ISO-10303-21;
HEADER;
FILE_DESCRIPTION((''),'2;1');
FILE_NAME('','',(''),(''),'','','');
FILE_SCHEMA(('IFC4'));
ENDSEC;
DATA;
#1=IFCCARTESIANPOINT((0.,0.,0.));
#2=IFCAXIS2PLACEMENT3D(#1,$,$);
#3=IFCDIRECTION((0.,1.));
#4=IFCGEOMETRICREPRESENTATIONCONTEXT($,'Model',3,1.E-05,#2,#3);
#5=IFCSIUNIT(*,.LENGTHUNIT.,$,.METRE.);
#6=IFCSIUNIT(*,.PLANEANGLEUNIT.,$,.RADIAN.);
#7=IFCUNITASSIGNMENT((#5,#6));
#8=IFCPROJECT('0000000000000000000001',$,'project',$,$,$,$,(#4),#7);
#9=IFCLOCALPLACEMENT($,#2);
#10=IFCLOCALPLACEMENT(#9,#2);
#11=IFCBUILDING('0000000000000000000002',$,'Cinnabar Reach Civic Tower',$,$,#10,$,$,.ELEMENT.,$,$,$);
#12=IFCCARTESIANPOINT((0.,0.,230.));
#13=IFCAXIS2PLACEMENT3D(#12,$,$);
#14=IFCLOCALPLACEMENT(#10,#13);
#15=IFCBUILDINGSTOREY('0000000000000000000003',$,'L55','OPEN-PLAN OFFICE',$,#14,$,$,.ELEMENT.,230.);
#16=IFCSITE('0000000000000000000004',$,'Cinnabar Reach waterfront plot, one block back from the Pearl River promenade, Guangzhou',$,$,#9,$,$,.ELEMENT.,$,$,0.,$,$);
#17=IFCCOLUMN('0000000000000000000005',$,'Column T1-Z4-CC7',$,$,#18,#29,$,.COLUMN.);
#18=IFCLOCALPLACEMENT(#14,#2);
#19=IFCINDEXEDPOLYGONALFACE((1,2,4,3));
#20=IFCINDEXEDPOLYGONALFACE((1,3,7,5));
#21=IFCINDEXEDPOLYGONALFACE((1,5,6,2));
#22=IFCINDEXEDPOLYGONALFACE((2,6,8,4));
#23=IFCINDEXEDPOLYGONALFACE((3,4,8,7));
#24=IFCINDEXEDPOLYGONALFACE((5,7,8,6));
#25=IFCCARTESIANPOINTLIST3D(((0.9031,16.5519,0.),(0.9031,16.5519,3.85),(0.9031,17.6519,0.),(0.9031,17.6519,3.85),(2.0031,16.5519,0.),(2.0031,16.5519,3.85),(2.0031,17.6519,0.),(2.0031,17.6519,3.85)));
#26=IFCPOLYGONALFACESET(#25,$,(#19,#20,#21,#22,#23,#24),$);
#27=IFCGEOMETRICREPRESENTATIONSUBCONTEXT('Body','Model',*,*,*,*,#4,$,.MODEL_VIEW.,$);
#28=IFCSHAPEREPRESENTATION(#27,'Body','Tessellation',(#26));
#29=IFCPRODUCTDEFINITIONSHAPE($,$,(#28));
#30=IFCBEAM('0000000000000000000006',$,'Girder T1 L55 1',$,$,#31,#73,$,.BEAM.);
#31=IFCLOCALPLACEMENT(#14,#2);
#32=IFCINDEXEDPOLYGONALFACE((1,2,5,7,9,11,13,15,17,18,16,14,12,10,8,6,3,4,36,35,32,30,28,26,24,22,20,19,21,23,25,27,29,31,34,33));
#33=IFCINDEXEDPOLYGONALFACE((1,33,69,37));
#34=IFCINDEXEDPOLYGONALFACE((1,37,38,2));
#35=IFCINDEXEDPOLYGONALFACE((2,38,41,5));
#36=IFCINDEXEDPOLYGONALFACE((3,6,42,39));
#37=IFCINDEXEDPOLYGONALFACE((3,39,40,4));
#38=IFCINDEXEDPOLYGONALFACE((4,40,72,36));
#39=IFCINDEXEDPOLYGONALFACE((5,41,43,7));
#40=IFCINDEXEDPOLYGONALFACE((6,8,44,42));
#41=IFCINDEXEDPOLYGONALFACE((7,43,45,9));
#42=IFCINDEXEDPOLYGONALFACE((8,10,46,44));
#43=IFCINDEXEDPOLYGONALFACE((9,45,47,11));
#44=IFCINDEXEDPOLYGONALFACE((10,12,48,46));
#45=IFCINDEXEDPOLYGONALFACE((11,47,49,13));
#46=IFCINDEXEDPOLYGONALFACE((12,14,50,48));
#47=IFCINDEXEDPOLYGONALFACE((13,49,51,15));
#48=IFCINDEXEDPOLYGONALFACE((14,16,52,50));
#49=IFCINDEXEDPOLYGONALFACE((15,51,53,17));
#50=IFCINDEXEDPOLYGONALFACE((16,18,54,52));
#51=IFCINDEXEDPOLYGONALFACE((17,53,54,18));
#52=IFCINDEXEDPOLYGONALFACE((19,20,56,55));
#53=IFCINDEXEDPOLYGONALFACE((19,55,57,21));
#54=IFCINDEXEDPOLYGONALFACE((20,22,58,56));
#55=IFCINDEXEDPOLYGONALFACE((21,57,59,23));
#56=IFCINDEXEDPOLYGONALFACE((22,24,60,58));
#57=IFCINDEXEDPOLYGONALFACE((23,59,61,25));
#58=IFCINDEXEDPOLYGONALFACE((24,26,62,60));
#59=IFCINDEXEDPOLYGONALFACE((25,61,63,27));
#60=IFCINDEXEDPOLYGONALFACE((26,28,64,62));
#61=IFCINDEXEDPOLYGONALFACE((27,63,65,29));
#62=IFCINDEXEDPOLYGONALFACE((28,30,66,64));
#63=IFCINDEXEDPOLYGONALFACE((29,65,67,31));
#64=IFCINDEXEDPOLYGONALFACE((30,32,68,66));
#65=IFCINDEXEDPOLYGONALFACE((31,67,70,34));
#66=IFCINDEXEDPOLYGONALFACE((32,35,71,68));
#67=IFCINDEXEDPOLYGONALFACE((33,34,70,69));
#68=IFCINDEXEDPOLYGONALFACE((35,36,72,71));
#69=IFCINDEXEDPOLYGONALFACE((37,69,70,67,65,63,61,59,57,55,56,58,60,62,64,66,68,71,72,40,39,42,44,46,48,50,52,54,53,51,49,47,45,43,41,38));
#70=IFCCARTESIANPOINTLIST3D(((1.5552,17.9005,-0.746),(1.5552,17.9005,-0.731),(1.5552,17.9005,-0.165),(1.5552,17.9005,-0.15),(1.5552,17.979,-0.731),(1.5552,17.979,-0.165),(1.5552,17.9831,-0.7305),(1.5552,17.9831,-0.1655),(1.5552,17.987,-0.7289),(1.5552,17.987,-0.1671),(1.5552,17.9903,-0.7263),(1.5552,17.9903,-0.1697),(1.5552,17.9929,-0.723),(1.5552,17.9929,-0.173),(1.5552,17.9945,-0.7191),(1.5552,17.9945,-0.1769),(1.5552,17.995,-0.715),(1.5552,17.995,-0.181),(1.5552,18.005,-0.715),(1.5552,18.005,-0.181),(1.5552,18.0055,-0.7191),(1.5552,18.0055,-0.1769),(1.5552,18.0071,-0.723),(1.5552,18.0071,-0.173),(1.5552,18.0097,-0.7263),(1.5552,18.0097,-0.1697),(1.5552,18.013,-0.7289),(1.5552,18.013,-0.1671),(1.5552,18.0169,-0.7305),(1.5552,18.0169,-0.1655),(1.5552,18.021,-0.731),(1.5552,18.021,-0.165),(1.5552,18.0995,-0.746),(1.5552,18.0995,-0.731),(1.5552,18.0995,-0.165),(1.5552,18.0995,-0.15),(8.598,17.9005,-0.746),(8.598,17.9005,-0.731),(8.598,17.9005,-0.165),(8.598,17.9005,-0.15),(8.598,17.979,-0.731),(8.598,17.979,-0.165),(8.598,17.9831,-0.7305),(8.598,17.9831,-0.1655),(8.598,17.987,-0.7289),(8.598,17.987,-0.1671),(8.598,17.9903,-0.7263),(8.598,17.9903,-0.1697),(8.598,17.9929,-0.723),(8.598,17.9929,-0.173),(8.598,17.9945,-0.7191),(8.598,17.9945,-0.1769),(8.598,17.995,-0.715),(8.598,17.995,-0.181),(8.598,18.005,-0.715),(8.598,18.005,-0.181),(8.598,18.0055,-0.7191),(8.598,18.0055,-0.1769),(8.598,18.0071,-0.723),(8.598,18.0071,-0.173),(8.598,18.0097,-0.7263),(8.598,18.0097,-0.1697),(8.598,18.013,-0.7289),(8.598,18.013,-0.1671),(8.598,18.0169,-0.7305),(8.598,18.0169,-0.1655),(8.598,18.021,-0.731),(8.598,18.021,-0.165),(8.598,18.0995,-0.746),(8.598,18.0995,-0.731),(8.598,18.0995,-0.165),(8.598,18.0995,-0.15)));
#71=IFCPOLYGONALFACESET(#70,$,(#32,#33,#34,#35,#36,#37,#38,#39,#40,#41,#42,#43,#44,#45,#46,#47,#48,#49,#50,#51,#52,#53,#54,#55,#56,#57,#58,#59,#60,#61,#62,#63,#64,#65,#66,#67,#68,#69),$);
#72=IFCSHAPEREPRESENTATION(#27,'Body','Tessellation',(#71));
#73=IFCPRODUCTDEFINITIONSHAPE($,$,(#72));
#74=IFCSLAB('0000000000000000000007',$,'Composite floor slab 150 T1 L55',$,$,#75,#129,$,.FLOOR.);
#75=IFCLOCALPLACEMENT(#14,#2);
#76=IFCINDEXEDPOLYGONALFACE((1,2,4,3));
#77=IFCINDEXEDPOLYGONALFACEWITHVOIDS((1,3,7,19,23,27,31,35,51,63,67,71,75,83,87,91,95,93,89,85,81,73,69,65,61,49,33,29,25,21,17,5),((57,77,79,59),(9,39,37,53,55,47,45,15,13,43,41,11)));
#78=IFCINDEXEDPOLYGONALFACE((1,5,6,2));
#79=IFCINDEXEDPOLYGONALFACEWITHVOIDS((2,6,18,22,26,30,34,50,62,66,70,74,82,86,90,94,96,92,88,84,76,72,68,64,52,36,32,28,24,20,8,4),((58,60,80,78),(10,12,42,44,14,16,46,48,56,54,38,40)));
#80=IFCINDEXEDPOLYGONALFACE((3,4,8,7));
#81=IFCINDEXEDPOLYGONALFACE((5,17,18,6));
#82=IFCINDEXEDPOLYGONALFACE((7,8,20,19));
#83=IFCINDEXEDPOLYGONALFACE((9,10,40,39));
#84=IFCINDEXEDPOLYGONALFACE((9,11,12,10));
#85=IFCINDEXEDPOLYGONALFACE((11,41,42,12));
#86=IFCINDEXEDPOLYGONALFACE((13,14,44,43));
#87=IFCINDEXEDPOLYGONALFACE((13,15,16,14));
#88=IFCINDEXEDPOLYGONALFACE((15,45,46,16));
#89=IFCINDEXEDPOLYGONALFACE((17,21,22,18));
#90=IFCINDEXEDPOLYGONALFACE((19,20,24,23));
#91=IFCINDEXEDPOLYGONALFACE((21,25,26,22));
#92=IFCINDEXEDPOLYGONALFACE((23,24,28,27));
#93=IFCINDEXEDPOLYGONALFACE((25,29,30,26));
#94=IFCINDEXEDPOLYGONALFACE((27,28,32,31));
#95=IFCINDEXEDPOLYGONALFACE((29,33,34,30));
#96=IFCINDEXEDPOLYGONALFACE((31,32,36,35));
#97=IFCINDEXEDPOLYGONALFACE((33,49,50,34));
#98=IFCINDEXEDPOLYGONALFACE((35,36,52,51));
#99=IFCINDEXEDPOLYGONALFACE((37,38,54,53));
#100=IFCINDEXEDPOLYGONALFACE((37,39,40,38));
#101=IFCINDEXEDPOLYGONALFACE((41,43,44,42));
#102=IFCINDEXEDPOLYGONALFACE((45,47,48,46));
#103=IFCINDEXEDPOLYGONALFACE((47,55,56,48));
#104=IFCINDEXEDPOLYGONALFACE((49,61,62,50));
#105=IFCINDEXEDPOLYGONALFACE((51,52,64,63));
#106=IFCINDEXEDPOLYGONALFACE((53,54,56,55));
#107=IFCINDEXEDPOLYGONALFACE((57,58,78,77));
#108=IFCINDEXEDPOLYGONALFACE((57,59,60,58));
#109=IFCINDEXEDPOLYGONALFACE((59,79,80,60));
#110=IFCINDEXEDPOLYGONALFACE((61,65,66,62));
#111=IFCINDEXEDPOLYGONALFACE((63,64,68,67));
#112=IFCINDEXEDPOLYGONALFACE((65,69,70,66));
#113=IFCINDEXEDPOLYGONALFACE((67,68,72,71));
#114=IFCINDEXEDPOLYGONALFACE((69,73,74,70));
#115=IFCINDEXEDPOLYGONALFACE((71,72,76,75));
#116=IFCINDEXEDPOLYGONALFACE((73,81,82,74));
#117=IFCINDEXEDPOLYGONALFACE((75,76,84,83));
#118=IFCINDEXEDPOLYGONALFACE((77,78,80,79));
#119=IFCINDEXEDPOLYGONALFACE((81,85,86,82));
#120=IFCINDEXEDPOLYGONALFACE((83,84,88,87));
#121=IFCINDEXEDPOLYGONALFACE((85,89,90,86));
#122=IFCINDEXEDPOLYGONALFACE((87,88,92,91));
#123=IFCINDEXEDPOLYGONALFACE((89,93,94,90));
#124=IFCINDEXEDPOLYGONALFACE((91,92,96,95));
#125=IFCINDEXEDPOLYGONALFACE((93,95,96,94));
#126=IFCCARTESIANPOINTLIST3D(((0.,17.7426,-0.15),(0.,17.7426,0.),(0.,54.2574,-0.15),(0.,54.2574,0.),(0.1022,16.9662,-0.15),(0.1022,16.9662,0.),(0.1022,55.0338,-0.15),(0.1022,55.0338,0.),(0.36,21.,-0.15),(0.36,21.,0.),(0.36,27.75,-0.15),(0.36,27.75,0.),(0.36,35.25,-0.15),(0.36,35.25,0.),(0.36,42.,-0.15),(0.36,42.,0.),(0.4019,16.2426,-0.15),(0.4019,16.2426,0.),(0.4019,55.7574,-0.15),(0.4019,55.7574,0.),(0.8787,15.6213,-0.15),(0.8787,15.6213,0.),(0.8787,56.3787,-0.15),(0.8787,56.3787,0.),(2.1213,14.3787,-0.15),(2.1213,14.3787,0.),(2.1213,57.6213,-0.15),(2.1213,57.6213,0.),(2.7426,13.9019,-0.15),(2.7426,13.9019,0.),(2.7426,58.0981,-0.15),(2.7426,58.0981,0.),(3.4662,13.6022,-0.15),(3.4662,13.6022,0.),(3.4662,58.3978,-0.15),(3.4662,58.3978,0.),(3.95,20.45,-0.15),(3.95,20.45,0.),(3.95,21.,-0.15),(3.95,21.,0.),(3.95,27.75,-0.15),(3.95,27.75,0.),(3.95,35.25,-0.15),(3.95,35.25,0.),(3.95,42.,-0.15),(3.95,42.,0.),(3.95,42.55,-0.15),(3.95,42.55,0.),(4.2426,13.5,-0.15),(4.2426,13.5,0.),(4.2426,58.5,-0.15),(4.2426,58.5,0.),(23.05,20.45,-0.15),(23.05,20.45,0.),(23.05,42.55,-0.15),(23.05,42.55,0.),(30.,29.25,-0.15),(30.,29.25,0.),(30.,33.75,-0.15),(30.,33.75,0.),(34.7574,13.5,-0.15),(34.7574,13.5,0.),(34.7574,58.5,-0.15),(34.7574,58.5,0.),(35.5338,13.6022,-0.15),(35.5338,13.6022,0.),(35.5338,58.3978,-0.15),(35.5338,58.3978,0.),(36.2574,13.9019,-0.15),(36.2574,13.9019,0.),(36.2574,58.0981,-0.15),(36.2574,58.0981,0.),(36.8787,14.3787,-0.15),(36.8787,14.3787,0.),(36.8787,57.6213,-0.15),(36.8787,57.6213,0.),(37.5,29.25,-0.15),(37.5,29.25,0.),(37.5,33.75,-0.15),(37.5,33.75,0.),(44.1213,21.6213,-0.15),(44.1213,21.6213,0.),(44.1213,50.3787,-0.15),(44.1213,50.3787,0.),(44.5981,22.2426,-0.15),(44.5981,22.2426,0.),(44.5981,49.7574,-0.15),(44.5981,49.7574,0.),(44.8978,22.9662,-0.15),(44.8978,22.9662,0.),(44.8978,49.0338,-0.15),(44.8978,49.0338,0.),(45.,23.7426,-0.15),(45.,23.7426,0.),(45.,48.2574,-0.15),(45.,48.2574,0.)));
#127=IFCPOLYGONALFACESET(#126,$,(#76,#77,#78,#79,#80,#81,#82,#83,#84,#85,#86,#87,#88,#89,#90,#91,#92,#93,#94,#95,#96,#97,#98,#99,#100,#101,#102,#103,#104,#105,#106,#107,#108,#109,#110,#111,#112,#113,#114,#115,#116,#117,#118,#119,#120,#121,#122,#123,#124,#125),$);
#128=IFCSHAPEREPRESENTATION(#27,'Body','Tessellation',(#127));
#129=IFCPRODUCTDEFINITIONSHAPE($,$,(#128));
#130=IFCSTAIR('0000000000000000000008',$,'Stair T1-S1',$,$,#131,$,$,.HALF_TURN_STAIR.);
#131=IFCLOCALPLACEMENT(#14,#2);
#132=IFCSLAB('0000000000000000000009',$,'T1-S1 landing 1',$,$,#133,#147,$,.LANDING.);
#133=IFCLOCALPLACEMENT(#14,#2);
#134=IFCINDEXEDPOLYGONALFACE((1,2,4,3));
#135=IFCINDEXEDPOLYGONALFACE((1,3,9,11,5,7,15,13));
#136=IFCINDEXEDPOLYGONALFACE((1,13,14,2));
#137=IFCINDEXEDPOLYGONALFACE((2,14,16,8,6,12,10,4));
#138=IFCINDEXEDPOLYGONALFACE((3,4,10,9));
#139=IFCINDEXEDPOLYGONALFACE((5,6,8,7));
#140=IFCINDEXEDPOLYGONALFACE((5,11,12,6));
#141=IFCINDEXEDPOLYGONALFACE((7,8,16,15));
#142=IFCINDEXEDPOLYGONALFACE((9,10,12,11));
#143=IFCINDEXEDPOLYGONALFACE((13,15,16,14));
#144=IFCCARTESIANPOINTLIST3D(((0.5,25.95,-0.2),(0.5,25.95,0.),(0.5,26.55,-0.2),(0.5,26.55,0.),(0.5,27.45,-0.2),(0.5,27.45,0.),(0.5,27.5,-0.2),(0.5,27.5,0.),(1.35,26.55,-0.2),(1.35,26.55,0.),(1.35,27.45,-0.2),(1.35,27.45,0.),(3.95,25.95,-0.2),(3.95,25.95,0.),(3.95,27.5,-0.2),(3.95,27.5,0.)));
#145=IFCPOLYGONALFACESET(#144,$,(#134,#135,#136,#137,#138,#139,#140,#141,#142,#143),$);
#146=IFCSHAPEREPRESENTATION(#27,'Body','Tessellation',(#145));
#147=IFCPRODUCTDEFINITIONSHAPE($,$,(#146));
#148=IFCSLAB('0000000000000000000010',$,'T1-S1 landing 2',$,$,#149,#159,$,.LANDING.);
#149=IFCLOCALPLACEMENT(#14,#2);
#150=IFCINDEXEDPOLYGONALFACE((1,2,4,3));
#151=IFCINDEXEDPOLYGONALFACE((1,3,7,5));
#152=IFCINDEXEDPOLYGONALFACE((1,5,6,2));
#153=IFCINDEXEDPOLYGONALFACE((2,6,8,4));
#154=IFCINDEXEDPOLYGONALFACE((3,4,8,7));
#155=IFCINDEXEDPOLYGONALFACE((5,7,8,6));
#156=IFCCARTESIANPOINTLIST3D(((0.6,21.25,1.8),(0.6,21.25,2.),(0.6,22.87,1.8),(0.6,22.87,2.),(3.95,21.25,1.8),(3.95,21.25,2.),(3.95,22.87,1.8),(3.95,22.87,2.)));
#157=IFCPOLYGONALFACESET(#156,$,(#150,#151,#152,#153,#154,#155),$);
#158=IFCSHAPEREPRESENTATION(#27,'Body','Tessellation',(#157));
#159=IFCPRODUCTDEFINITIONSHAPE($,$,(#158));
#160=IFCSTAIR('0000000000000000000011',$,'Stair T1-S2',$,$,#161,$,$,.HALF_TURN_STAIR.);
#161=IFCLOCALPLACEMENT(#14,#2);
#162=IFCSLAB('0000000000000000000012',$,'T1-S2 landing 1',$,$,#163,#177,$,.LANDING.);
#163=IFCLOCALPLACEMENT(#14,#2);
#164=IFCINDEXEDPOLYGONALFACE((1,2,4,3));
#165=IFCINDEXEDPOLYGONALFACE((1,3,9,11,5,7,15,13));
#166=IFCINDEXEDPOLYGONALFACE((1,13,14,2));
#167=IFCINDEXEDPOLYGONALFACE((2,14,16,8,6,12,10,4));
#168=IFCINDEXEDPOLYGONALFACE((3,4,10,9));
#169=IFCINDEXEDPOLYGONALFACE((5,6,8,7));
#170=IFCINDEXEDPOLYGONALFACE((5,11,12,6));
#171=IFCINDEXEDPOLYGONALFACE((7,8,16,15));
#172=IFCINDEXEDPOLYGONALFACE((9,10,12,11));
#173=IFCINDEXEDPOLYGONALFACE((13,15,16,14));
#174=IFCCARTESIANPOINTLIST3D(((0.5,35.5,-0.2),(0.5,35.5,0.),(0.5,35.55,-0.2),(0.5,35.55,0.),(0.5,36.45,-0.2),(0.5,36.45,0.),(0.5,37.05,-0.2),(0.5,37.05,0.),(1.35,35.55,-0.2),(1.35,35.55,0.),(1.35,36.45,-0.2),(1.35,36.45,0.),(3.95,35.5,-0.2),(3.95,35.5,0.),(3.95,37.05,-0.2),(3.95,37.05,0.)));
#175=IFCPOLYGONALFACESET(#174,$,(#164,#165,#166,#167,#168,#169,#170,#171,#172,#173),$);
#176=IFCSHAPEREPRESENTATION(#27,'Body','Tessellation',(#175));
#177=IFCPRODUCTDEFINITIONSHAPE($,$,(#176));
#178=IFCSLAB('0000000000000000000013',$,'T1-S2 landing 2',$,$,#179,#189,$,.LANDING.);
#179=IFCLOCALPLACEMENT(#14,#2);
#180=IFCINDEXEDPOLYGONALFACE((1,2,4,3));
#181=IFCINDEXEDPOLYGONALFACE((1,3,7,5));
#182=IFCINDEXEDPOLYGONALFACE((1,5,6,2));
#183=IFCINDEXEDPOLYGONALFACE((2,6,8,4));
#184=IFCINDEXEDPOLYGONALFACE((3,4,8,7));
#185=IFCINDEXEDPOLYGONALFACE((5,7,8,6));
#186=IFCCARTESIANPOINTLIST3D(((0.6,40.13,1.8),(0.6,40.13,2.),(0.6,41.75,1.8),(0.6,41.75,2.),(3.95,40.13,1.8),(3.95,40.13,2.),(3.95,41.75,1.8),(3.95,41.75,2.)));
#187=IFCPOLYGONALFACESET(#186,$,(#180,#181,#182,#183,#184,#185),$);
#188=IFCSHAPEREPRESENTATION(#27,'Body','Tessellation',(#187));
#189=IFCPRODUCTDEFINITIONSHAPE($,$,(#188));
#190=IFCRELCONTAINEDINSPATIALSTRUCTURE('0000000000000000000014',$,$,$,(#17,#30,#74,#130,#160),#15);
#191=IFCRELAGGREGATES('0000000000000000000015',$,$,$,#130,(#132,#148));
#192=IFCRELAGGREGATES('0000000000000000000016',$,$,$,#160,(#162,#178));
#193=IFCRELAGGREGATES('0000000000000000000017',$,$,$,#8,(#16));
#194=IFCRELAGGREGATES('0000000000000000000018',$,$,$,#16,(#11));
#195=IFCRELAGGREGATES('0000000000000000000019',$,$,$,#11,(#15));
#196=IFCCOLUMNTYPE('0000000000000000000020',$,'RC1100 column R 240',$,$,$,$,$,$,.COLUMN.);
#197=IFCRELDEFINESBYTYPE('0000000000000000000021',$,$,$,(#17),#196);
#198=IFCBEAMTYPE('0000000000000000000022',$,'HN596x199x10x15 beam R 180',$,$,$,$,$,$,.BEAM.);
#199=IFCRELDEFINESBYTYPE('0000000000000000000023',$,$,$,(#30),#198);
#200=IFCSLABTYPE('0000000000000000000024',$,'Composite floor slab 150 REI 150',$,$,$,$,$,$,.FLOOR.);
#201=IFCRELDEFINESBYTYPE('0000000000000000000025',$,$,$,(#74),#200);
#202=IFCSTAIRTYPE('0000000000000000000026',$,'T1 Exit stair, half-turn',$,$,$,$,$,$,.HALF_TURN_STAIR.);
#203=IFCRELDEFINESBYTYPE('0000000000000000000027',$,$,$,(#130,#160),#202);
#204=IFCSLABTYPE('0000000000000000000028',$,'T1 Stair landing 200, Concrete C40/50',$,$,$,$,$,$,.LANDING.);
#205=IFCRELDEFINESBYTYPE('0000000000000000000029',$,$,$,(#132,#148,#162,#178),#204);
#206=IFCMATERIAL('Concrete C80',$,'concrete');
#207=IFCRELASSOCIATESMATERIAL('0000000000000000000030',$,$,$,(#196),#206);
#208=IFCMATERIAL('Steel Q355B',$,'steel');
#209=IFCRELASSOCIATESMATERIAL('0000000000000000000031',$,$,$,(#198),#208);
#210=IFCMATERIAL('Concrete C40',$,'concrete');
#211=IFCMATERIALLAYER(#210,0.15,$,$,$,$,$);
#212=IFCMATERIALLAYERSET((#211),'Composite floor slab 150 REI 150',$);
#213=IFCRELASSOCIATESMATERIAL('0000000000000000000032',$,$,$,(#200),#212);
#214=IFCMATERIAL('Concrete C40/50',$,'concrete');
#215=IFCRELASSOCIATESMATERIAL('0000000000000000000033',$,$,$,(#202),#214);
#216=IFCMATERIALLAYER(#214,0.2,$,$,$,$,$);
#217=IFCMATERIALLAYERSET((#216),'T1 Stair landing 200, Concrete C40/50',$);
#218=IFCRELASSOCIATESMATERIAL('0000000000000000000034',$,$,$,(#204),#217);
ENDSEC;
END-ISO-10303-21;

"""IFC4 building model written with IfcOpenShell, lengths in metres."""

from ifc_helpers import new_model, si_unit, direction, frame, origin, origin_2d, place, context, subcontext, project, spatial, polyline, rectangle, i_section, outline, extrude, material, layer, layer_set, material_profile, profile_set, type_object, element, aggregate, save


model = new_model("IFC4")

# Units and contexts
model_context = context("Model", 3, precision=1e-05, world=origin(), true_north=direction((0.0, 1.0)))
body_context = subcontext(model_context, "Body", "Model", "MODEL_VIEW")
ifc_project = project(units=[si_unit("LENGTHUNIT", "METRE"), si_unit("PLANEANGLEUNIT", "RADIAN")], contexts=[model_context])

# Site, building, storey
site_placement = place(None, origin())
site = spatial("IfcSite", under=ifc_project, at=site_placement, Name="Cinnabar Reach waterfront plot, one block back from the Pearl River promenade, Guangzhou", CompositionType="ELEMENT", RefElevation=0.0)
building_placement = place(site_placement, origin())
building = spatial("IfcBuilding", under=site, at=building_placement, Name="Cinnabar Reach Civic Tower", CompositionType="ELEMENT")
storey_placement = place(building_placement, frame((0.0, 0.0, 230.0)))
storey = spatial("IfcBuildingStorey", under=building, at=storey_placement, Name="L55", Description="OPEN-PLAN OFFICE", CompositionType="ELEMENT", Elevation=230.0)

# Column
ifc_material_1 = material(Name="Concrete C80", Category="concrete")
ifc_material_profile_1 = material_profile(ifc_material_1, rectangle(XDim=1.1, YDim=1.1, at=origin_2d()), Name="RC1100")
ifc_profile_set_1 = profile_set([ifc_material_profile_1], Name="Concrete C80")
column_type = type_object("IfcColumnType", Name="RC1100 column R 240", PredefinedType="COLUMN", material=ifc_profile_set_1)
column_placement = place(storey_placement, frame((1.4531, 17.1019, 0.0), z_axis=(0.0, 0.0, 1.0), x_axis=(1.0, 0.0, 0.0)))
element("IfcColumn", 1, at=column_placement, inside=storey, type_object=column_type, Name="Column T1-Z4-CC7", PredefinedType="COLUMN", context=body_context, shape_type="SweptSolid", body=[
    extrude(rectangle(XDim=1.1, YDim=1.1, at=origin_2d()), origin(), (0.0, 0.0, 1.0), 3.85),
])

# Beam
ifc_material_2 = material(Name="Steel Q355B", Category="steel")
ifc_material_profile_2 = material_profile(ifc_material_2, i_section(OverallWidth=0.199, OverallDepth=0.596, WebThickness=0.01, FlangeThickness=0.015, FilletRadius=0.016, at=origin_2d()), Name="HN596x199x10x15")
ifc_profile_set_2 = profile_set([ifc_material_profile_2], Name="Steel Q355B")
beam_type = type_object("IfcBeamType", Name="HN596x199x10x15 beam R 180", PredefinedType="BEAM", material=ifc_profile_set_2)
beam_placement = place(storey_placement, frame((1.5552, 18.0, -0.448), z_axis=(1.0, 0.0, 0.0), x_axis=(0.0, 1.0, 0.0)))
element("IfcBeam", 2, at=beam_placement, inside=storey, type_object=beam_type, Name="Girder T1 L55 1", PredefinedType="BEAM", context=body_context, shape_type="SweptSolid", body=[
    extrude(i_section(OverallWidth=0.199, OverallDepth=0.596, WebThickness=0.01, FlangeThickness=0.015, FilletRadius=0.016, at=origin_2d()), origin(), (0.0, 0.0, 1.0), 7.0428),
])

# Slab
ifc_material_3 = material(Name="Concrete C40", Category="concrete")
ifc_layer_1 = layer(ifc_material_3, 0.15)
ifc_layer_set_1 = layer_set([ifc_layer_1], Name="Composite floor slab 150 REI 150")
slab_type_1 = type_object("IfcSlabType", Name="Composite floor slab 150 REI 150", PredefinedType="FLOOR", material=ifc_layer_set_1)
slab_1_placement = place(storey_placement, frame((0.0, 0.0, -0.15)))
element("IfcSlab", 3, at=slab_1_placement, inside=storey, type_object=slab_type_1, Name="Composite floor slab 150 T1 L55", PredefinedType="FLOOR", context=body_context, shape_type="SweptSolid", body=[
    extrude(outline(polyline([(0.8787, 15.6213), (0.4019, 16.2426), (0.1022, 16.9662), (0.0, 17.7426), (0.0, 54.2574), (0.1022, 55.0338), (0.4019, 55.7574), (0.8787, 56.3787), (2.1213, 57.6213), (2.7426, 58.0981), (3.4662, 58.3978), (4.2426, 58.5), (34.7574, 58.5), (35.5338, 58.3978), (36.2574, 58.0981), (36.8787, 57.6213), (44.1213, 50.3787), (44.5981, 49.7574), (44.8978, 49.0338), (45.0, 48.2574), (45.0, 23.7426), (44.8978, 22.9662), (44.5981, 22.2426), (44.1213, 21.6213), (36.8787, 14.3787), (36.2574, 13.9019), (35.5338, 13.6022), (34.7574, 13.5), (4.2426, 13.5), (3.4662, 13.6022), (2.7426, 13.9019), (2.1213, 14.3787), (0.8787, 15.6213)]), holes=[polyline([(0.36, 21.0), (3.95, 21.0), (3.95, 20.45), (23.05, 20.45), (23.05, 42.55), (3.95, 42.55), (3.95, 42.0), (0.36, 42.0), (0.36, 35.25), (3.95, 35.25), (3.95, 27.75), (0.36, 27.75), (0.36, 21.0)]), polyline([(30.0, 33.75), (30.0, 29.25), (37.5, 29.25), (37.5, 33.75), (30.0, 33.75)])]), origin(), (0.0, 0.0, 1.0), 0.15),
])

# Stairs, slabs
ifc_material_4 = material(Name="Concrete C40/50", Category="concrete")
stair_type = type_object("IfcStairType", Name="T1 Exit stair, half-turn", PredefinedType="HALF_TURN_STAIR", material=ifc_material_4)
stair_1_placement = place(storey_placement, origin())
stair_1 = element("IfcStair", 4, at=stair_1_placement, inside=storey, type_object=stair_type, Name="Stair T1-S1", PredefinedType="HALF_TURN_STAIR")
ifc_layer_2 = layer(ifc_material_4, 0.2)
ifc_layer_set_2 = layer_set([ifc_layer_2], Name="T1 Stair landing 200, Concrete C40/50")
slab_type_2 = type_object("IfcSlabType", Name="T1 Stair landing 200, Concrete C40/50", PredefinedType="LANDING", material=ifc_layer_set_2)
slab_2_placement = place(storey_placement, frame((0.0, 0.0, -0.2)))
slab_2 = element("IfcSlab", 5, at=slab_2_placement, type_object=slab_type_2, Name="T1-S1 landing 1", PredefinedType="LANDING", context=body_context, shape_type="SweptSolid", body=[
    extrude(outline(polyline([(0.5, 27.5), (3.95, 27.5), (3.95, 25.95), (0.5, 25.95), (0.5, 26.55), (1.35, 26.55), (1.35, 27.45), (0.5, 27.45), (0.5, 27.5)])), origin(), (0.0, 0.0, 1.0), 0.2),
])
slab_3_placement = place(storey_placement, frame((0.0, 0.0, 1.8)))
slab_3 = element("IfcSlab", 6, at=slab_3_placement, type_object=slab_type_2, Name="T1-S1 landing 2", PredefinedType="LANDING", context=body_context, shape_type="SweptSolid", body=[
    extrude(outline(polyline([(0.6, 21.25), (0.6, 22.87), (3.95, 22.87), (3.95, 21.25), (0.6, 21.25)])), origin(), (0.0, 0.0, 1.0), 0.2),
])
aggregate(stair_1, [slab_2, slab_3])
stair_2_placement = place(storey_placement, origin())
stair_2 = element("IfcStair", 7, at=stair_2_placement, inside=storey, type_object=stair_type, Name="Stair T1-S2", PredefinedType="HALF_TURN_STAIR")
slab_4_placement = place(storey_placement, frame((0.0, 0.0, -0.2)))
slab_4 = element("IfcSlab", 8, at=slab_4_placement, type_object=slab_type_2, Name="T1-S2 landing 1", PredefinedType="LANDING", context=body_context, shape_type="SweptSolid", body=[
    extrude(outline(polyline([(0.5, 37.05), (3.95, 37.05), (3.95, 35.5), (0.5, 35.5), (0.5, 35.55), (1.35, 35.55), (1.35, 36.45), (0.5, 36.45), (0.5, 37.05)])), origin(), (0.0, 0.0, 1.0), 0.2),
])
slab_5_placement = place(storey_placement, frame((0.0, 0.0, 1.8)))
slab_5 = element("IfcSlab", 9, at=slab_5_placement, type_object=slab_type_2, Name="T1-S2 landing 2", PredefinedType="LANDING", context=body_context, shape_type="SweptSolid", body=[
    extrude(outline(polyline([(0.6, 40.13), (0.6, 41.75), (3.95, 41.75), (3.95, 40.13), (0.6, 40.13)])), origin(), (0.0, 0.0, 1.0), 0.2),
])
aggregate(stair_2, [slab_4, slab_5])

save(model, "model.ifc")
